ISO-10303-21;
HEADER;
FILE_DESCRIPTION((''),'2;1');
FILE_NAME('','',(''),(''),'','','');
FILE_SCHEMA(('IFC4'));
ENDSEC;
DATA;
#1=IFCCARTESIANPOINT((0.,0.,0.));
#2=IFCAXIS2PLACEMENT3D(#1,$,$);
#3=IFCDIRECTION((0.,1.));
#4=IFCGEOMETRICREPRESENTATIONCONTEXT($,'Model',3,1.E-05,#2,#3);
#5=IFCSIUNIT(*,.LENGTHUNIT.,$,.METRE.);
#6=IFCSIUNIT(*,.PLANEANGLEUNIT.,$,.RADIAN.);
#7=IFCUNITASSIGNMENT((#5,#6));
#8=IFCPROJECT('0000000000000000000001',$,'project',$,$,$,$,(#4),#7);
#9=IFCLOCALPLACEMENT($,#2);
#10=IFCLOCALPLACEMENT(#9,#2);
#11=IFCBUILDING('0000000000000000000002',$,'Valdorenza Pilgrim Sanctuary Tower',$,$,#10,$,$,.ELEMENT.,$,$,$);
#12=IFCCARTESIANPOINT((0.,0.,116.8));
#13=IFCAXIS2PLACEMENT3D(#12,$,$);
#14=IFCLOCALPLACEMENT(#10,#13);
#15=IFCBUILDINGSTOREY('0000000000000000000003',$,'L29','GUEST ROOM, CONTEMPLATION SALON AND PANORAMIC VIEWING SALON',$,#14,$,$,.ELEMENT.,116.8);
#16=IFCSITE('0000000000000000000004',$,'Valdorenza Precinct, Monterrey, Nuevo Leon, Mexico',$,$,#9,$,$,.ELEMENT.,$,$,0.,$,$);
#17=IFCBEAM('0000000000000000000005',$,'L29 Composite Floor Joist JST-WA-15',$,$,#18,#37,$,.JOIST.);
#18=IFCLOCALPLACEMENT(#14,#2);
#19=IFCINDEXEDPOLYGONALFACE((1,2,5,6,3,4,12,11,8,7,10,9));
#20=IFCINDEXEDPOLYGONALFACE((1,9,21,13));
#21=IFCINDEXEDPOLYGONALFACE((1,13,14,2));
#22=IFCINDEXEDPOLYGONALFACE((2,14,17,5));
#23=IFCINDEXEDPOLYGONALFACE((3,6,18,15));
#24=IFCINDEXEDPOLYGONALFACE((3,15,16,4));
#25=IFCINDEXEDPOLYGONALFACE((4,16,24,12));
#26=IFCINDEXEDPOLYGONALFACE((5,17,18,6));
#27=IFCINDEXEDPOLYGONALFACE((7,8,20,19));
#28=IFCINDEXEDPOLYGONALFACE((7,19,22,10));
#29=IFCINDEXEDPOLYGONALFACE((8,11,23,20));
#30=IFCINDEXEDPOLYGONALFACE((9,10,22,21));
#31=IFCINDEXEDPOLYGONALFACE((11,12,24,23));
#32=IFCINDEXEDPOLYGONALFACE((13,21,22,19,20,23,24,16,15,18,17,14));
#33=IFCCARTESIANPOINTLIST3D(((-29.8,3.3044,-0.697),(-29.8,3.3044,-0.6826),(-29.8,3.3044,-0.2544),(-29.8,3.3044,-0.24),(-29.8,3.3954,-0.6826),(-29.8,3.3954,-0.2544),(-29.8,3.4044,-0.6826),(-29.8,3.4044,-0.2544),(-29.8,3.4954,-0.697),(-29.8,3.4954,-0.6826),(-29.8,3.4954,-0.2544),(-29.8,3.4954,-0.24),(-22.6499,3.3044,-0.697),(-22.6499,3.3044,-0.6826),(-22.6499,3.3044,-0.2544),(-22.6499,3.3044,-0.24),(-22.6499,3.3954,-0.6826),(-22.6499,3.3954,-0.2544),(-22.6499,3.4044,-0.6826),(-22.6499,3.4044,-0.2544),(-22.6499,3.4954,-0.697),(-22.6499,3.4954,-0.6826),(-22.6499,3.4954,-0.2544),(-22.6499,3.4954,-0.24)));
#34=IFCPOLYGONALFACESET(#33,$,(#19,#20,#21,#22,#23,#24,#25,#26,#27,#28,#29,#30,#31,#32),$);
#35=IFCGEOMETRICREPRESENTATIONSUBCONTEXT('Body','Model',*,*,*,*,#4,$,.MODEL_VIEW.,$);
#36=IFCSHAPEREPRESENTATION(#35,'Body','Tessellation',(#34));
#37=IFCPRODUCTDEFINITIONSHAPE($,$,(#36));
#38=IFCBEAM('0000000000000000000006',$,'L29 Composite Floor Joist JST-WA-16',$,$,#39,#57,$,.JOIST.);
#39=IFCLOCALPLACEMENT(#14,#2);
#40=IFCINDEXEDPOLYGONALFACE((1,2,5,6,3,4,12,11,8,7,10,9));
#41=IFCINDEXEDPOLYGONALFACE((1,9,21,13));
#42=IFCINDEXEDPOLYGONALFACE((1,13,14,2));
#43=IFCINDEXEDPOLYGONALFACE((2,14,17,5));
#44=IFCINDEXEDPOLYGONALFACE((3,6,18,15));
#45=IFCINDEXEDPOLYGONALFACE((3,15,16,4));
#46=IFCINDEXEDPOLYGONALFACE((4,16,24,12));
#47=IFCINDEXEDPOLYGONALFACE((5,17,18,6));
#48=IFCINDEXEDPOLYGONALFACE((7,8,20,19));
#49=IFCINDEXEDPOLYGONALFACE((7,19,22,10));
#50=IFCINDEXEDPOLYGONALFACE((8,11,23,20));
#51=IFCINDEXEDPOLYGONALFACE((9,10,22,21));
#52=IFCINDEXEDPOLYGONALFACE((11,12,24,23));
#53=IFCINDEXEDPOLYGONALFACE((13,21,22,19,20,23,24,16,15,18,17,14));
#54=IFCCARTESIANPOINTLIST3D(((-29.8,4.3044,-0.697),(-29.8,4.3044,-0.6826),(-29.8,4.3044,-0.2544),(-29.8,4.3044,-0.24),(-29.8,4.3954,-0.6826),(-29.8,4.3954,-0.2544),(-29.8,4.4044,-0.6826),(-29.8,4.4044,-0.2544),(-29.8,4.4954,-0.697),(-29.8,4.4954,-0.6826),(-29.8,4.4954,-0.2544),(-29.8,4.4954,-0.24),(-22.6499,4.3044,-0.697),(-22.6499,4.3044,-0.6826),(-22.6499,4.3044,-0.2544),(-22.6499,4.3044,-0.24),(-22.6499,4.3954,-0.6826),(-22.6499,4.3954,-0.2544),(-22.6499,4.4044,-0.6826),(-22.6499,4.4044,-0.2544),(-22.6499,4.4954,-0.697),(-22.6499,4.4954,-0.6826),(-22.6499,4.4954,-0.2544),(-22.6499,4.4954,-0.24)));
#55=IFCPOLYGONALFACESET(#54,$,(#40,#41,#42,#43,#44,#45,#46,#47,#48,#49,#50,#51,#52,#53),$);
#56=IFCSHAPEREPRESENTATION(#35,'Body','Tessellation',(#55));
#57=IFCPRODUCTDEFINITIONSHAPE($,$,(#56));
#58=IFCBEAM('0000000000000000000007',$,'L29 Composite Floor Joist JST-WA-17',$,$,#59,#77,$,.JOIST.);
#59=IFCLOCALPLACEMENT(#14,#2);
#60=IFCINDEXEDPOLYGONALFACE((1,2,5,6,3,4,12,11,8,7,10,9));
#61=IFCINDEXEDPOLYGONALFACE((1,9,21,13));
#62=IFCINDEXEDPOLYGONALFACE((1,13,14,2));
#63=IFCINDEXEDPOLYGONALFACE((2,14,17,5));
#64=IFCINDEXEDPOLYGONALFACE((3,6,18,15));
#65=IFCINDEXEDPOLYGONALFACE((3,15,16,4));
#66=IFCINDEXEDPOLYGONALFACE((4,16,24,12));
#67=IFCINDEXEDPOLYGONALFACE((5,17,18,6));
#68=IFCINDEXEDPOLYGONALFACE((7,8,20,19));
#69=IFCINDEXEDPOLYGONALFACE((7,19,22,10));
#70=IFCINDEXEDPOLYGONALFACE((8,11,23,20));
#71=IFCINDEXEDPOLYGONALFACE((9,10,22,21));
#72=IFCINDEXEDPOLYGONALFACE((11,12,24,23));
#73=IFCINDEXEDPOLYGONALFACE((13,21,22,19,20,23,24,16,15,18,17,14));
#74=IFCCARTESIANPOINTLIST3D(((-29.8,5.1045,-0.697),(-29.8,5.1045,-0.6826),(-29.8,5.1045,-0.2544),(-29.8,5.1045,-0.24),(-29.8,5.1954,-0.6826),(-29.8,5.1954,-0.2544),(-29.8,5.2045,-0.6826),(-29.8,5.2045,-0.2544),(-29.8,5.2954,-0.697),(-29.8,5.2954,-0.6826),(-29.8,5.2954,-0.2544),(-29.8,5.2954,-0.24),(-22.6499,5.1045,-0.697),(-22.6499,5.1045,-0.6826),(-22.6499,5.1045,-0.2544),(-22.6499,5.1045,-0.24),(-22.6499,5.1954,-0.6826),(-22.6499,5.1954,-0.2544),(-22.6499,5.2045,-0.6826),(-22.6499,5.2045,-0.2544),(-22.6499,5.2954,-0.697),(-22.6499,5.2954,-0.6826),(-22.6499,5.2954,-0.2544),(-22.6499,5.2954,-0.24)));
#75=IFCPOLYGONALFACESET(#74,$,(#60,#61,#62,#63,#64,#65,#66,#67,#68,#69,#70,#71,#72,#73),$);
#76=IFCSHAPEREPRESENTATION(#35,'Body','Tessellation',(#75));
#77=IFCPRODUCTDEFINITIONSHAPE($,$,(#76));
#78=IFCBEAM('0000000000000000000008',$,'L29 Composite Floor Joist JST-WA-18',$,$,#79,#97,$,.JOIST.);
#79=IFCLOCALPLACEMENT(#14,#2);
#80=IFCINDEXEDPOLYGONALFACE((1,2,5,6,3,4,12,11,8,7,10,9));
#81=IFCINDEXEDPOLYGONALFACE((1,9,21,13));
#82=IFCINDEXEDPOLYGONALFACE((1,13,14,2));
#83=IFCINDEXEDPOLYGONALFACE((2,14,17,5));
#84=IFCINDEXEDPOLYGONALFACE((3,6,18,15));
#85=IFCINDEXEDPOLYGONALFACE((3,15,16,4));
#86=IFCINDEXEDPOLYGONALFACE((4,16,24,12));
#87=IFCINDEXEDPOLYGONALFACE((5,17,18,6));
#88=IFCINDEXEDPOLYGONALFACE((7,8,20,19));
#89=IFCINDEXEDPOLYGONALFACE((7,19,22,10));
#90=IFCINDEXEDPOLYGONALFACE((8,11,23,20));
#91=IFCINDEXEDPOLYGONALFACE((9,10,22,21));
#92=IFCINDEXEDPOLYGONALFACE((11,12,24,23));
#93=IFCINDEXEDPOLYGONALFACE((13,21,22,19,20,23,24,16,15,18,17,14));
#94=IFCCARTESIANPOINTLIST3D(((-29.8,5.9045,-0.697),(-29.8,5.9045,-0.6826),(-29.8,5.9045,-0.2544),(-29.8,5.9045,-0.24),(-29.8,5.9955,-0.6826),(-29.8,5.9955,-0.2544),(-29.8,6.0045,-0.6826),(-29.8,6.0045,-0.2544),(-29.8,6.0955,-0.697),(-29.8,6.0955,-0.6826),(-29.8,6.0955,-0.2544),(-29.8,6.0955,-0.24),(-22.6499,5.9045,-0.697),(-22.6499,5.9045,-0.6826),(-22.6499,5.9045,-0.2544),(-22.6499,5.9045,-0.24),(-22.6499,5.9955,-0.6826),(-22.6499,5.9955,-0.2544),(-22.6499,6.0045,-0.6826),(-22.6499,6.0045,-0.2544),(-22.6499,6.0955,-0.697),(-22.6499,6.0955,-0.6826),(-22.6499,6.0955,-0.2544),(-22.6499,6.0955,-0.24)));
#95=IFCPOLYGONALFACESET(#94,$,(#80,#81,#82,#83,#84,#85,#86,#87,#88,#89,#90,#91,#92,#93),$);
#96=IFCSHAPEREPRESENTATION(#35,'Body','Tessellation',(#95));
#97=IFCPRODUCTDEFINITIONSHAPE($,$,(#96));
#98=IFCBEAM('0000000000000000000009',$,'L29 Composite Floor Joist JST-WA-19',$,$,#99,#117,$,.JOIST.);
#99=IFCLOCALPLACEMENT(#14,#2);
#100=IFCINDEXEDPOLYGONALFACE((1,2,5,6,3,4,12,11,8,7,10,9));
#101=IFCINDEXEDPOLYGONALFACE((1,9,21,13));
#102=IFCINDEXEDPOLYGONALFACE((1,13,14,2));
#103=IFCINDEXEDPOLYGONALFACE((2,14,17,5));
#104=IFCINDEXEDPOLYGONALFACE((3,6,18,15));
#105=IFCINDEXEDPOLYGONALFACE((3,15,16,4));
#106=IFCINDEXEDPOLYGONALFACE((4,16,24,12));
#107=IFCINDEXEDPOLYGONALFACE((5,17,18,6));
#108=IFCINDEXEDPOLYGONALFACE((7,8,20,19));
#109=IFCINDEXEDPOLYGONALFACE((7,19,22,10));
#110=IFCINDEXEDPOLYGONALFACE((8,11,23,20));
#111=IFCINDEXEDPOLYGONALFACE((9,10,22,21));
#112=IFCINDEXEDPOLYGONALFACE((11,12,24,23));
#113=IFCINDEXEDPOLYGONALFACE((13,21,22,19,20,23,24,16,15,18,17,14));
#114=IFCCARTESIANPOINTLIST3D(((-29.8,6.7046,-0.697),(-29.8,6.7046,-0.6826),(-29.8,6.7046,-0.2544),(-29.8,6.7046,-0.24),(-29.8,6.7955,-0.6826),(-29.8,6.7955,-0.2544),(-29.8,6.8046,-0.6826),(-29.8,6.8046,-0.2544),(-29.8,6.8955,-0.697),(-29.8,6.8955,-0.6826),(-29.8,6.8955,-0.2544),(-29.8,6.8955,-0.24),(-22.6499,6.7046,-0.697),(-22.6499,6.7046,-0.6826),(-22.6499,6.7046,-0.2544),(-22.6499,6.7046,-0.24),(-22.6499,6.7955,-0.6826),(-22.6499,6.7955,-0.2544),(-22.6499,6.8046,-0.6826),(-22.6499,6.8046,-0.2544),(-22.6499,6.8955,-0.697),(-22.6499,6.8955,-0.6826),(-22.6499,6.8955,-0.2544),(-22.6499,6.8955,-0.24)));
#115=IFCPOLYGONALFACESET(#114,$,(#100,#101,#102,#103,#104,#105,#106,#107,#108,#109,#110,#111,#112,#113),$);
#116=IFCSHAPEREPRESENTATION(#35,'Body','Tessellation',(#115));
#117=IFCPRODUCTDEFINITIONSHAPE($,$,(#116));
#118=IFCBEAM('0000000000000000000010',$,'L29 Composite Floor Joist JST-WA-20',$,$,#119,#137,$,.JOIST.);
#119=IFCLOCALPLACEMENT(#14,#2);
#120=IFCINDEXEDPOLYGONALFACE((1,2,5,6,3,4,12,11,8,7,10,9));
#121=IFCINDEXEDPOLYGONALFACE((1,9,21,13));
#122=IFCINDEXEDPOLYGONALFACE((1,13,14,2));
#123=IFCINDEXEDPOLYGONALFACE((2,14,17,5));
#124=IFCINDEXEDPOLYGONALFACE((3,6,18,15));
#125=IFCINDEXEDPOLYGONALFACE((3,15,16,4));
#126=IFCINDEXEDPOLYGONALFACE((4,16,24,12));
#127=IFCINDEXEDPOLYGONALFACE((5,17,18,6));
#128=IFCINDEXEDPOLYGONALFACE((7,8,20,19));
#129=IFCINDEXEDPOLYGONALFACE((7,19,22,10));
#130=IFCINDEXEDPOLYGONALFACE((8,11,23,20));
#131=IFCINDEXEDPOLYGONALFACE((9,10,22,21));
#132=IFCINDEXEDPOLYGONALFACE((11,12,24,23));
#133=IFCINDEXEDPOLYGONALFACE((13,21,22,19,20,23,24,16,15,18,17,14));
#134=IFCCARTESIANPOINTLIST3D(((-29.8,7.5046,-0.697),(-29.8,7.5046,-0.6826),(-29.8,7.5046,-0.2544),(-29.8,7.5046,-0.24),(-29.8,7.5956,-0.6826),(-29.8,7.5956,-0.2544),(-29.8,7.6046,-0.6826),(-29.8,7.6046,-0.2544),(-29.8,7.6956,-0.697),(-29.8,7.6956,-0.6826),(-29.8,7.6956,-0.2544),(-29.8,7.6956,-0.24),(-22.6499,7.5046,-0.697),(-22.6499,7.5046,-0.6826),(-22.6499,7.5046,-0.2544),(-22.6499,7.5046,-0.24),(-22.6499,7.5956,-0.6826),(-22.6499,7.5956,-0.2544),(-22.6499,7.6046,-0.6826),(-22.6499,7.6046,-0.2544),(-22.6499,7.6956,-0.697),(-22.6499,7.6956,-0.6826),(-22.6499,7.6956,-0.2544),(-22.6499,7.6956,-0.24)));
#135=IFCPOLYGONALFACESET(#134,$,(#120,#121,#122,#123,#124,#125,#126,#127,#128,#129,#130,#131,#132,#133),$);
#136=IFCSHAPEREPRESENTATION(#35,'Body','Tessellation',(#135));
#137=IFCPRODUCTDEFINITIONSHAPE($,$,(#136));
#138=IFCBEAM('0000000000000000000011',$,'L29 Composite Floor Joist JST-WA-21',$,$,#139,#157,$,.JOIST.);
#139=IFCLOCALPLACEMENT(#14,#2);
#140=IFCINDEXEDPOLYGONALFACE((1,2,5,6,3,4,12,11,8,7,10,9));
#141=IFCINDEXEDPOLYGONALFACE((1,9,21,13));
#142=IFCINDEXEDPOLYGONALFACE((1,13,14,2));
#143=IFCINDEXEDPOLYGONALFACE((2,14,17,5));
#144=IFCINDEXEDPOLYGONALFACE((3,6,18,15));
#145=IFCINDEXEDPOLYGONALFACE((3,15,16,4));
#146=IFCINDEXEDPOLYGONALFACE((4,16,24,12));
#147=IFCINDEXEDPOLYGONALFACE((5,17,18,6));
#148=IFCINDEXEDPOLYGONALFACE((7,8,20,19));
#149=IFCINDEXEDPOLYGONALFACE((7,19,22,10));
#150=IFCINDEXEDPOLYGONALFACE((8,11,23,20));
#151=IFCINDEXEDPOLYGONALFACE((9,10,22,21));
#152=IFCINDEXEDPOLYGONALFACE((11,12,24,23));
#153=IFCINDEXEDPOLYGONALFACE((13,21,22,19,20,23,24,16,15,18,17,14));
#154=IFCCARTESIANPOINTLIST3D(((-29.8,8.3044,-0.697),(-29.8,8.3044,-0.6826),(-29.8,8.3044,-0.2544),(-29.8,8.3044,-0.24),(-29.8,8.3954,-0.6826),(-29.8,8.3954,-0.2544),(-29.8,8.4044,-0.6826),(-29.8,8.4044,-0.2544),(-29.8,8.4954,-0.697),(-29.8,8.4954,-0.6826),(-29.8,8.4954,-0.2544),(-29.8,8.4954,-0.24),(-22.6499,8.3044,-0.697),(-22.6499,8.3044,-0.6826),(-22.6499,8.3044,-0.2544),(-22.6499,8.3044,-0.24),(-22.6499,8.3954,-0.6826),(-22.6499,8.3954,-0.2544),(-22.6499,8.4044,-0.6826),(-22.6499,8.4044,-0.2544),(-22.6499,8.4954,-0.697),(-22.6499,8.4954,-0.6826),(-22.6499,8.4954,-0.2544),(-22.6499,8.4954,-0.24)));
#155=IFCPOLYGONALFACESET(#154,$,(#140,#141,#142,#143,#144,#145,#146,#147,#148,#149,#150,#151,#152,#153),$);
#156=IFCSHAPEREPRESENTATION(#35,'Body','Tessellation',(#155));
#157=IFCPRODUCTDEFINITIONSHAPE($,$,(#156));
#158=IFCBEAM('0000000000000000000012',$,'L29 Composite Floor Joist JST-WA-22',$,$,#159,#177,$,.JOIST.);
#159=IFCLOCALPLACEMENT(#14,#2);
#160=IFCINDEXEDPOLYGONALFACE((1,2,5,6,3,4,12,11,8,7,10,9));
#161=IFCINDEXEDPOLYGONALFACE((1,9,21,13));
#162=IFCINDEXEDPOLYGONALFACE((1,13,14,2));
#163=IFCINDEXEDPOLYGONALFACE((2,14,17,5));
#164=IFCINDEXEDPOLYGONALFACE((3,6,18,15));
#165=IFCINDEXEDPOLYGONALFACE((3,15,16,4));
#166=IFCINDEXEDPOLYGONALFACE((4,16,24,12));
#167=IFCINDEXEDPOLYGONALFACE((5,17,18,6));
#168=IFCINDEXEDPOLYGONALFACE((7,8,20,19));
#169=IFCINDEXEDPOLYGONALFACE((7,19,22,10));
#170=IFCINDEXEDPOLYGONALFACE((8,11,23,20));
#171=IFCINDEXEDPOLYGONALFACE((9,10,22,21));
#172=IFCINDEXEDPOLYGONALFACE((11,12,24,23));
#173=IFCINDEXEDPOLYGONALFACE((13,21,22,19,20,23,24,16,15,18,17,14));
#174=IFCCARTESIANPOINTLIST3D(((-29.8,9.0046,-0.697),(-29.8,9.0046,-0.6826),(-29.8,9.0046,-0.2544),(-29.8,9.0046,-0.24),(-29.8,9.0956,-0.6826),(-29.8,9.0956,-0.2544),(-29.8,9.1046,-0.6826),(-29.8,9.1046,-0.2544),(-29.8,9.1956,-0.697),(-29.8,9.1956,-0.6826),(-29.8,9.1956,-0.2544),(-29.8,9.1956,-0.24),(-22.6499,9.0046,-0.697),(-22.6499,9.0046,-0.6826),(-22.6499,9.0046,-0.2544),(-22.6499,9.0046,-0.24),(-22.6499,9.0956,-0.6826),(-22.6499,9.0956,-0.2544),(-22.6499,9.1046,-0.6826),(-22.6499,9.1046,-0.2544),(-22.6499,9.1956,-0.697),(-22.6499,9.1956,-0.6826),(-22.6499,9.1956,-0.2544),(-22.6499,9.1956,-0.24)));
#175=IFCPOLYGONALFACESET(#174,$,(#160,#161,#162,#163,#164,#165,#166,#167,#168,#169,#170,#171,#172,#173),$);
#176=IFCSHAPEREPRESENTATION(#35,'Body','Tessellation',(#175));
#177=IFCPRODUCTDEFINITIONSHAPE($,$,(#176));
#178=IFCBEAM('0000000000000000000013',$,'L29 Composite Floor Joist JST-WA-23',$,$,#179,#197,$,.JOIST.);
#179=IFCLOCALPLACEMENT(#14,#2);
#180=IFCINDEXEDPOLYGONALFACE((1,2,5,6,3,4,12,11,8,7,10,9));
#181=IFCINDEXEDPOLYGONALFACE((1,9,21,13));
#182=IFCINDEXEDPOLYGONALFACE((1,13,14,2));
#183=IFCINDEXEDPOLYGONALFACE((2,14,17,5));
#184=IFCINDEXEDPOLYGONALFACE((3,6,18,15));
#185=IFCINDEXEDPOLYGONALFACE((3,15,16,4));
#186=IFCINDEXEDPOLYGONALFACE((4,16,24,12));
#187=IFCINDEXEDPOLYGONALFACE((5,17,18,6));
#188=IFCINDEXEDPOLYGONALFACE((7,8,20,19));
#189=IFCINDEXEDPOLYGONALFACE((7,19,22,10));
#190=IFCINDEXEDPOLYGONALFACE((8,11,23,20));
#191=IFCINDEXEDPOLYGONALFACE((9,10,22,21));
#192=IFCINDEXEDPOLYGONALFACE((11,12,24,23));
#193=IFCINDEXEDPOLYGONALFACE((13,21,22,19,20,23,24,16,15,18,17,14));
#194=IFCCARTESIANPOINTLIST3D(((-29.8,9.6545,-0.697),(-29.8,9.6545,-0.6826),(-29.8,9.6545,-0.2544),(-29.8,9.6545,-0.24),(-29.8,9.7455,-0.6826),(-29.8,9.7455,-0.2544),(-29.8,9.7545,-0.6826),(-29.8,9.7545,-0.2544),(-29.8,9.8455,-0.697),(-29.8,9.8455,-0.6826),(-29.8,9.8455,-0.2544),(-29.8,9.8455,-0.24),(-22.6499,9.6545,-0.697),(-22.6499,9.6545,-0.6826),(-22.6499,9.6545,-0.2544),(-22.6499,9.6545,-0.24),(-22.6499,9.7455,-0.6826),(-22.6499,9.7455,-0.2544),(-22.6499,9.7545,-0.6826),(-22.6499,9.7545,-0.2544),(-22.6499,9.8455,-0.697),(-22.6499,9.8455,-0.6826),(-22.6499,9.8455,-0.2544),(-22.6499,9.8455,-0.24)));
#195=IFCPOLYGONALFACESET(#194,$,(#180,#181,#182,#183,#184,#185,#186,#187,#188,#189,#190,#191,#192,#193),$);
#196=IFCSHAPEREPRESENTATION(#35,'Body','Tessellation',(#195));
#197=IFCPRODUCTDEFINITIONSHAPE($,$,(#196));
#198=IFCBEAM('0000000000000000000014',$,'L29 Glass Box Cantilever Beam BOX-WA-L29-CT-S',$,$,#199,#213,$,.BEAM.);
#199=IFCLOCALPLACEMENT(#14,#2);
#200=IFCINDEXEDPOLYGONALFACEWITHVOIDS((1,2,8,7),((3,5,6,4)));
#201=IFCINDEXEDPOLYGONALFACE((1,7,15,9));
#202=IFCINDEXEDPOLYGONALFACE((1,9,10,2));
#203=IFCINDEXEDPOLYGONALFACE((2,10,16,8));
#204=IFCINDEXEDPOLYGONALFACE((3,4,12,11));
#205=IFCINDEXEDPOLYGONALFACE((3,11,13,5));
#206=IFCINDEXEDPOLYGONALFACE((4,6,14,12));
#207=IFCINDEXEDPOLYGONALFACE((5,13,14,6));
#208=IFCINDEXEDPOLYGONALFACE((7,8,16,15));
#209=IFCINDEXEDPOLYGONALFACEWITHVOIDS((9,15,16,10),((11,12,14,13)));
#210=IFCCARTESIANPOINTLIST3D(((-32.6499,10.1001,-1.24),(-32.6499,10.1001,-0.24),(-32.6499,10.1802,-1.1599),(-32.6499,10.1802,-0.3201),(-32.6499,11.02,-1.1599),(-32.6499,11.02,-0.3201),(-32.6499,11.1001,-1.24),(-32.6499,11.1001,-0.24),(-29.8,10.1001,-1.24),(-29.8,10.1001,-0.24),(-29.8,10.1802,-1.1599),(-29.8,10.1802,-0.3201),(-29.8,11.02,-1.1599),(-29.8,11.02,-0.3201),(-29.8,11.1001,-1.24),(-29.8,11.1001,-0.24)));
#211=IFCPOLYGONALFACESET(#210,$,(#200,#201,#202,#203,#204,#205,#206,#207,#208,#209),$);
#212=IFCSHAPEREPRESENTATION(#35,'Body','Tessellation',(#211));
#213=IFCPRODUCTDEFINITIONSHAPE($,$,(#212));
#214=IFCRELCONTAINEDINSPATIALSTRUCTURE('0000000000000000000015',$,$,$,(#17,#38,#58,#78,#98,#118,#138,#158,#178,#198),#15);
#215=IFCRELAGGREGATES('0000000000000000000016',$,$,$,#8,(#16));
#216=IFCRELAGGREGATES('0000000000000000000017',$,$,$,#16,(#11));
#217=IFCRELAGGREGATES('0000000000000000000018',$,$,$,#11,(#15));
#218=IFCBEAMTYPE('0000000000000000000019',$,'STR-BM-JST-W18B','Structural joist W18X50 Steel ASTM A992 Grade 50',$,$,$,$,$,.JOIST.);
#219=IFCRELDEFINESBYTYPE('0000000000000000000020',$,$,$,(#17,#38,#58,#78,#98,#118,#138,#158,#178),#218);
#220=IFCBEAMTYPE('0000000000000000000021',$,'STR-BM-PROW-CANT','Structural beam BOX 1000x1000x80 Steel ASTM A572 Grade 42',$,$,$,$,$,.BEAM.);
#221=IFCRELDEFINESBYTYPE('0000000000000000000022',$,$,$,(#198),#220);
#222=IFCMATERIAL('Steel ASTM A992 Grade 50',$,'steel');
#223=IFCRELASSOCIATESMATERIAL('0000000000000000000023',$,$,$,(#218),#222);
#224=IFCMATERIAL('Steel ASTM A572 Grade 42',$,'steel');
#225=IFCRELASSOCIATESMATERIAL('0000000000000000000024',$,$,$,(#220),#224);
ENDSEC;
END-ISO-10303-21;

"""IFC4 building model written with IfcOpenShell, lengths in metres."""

from ifc_helpers import new_model, si_unit, direction, frame, origin, origin_2d, place, context, subcontext, project, spatial, hollow_rectangle, i_section, extrude, source, transform, mapped, material, material_profile, profile_set, type_object, element, save


model = new_model("IFC4")

# Units and contexts
model_context = context("Model", 3, precision=1e-05, world=origin(), true_north=direction((0.0, 1.0)))
body_context = subcontext(model_context, "Body", "Model", "MODEL_VIEW")
ifc_project = project(units=[si_unit("LENGTHUNIT", "METRE"), si_unit("PLANEANGLEUNIT", "RADIAN")], contexts=[model_context])

# Site, building, storey
site_placement = place(None, origin())
site = spatial("IfcSite", under=ifc_project, at=site_placement, Name="Valdorenza Precinct, Monterrey, Nuevo Leon, Mexico", CompositionType="ELEMENT", RefElevation=0.0)
building_placement = place(site_placement, origin())
building = spatial("IfcBuilding", under=site, at=building_placement, Name="Valdorenza Pilgrim Sanctuary Tower", CompositionType="ELEMENT")
storey_placement = place(building_placement, frame((0.0, 0.0, 116.8)))
storey = spatial("IfcBuildingStorey", under=building, at=storey_placement, Name="L29", Description="GUEST ROOM, CONTEMPLATION SALON AND PANORAMIC VIEWING SALON", CompositionType="ELEMENT", Elevation=116.8)

# Beams
ifc_material_1 = material(Name="Steel ASTM A992 Grade 50", Category="steel")
ifc_material_profile_1 = material_profile(ifc_material_1, i_section(OverallWidth=0.1909, OverallDepth=0.457, WebThickness=0.009, FlangeThickness=0.0144, at=origin_2d()), Name="W18X50")
ifc_profile_set_1 = profile_set([ifc_material_profile_1], Name="Steel ASTM A992 Grade 50")
beam_type_1 = type_object("IfcBeamType", Name="STR-BM-JST-W18B", Description="Structural joist W18X50 Steel ASTM A992 Grade 50", PredefinedType="JOIST", material=ifc_profile_set_1)
shared_shape_1 = source(origin(), body_context, "Body", "SweptSolid", [
    extrude(i_section(OverallWidth=0.1909, OverallDepth=0.457, WebThickness=0.009, FlangeThickness=0.0144, at=origin_2d()), origin(), (0.0, 0.0, 1.0), 7.1501),
])
for number, where, z_axis, x_axis, name in (
    (1, (-29.8, 3.3999, -0.4685), (1.0, 0.0, 0.0), (0.0, 1.0, 0.0), "L29 Composite Floor Joist JST-WA-15"),
    (2, (-29.8, 4.3999, -0.4685), (1.0, 0.0, 0.0), (0.0, 1.0, 0.0), "L29 Composite Floor Joist JST-WA-16"),
    (3, (-29.8, 5.2, -0.4685), (1.0, 0.0, 0.0), (0.0, 1.0, 0.0), "L29 Composite Floor Joist JST-WA-17"),
    (4, (-29.8, 6.0, -0.4685), (1.0, 0.0, 0.0), (0.0, 1.0, 0.0), "L29 Composite Floor Joist JST-WA-18"),
    (5, (-29.8, 6.8, -0.4685), (1.0, 0.0, 0.0), (0.0, 1.0, 0.0), "L29 Composite Floor Joist JST-WA-19"),
    (6, (-29.8, 7.6001, -0.4685), (1.0, 0.0, 0.0), (0.0, 1.0, 0.0), "L29 Composite Floor Joist JST-WA-20"),
    (7, (-29.8, 8.3999, -0.4685), (1.0, 0.0, 0.0), (0.0, 1.0, 0.0), "L29 Composite Floor Joist JST-WA-21"),
    (8, (-29.8, 9.1001, -0.4685), (1.0, 0.0, 0.0), (0.0, 1.0, 0.0), "L29 Composite Floor Joist JST-WA-22"),
    (9, (-29.8, 9.75, -0.4685), (1.0, 0.0, 0.0), (0.0, 1.0, 0.0), "L29 Composite Floor Joist JST-WA-23"),
):
    element("IfcBeam", number, at=place(storey_placement, frame(where, z_axis=z_axis, x_axis=x_axis)), inside=storey, type_object=beam_type_1, Name=name, PredefinedType="JOIST", context=body_context, shape_type="MappedRepresentation", body=[
        mapped(shared_shape_1, transform((0.0, 0.0, 0.0), x_axis=(1.0, 0.0, 0.0), y_axis=(0.0, 1.0, 0.0), z_axis=(0.0, 0.0, 1.0), scale=1.0)),
    ])
ifc_material_2 = material(Name="Steel ASTM A572 Grade 42", Category="steel")
ifc_material_profile_2 = material_profile(ifc_material_2, hollow_rectangle(XDim=1.0, YDim=1.0, WallThickness=0.0801, at=origin_2d()), Name="BOX 1000x1000x80")
ifc_profile_set_2 = profile_set([ifc_material_profile_2], Name="Steel ASTM A572 Grade 42")
beam_type_2 = type_object("IfcBeamType", Name="STR-BM-PROW-CANT", Description="Structural beam BOX 1000x1000x80 Steel ASTM A572 Grade 42", PredefinedType="BEAM", material=ifc_profile_set_2)
shared_shape_2 = source(origin(), body_context, "Body", "SweptSolid", [
    extrude(hollow_rectangle(XDim=1.0, YDim=1.0, WallThickness=0.0801, at=origin_2d()), origin(), (0.0, 0.0, 1.0), 2.8499),
])
beam_1_placement = place(storey_placement, frame((-29.8, 10.6001, -0.74), z_axis=(-1.0, 0.0, 0.0), x_axis=(0.0, -1.0, 0.0)))
element("IfcBeam", 10, at=beam_1_placement, inside=storey, type_object=beam_type_2, Name="L29 Glass Box Cantilever Beam BOX-WA-L29-CT-S", PredefinedType="BEAM", context=body_context, shape_type="MappedRepresentation", body=[
    mapped(shared_shape_2, transform((0.0, 0.0, 0.0), x_axis=(1.0, 0.0, 0.0), y_axis=(0.0, 1.0, 0.0), z_axis=(0.0, 0.0, 1.0), scale=1.0)),
])

save(model, "model.ifc")
